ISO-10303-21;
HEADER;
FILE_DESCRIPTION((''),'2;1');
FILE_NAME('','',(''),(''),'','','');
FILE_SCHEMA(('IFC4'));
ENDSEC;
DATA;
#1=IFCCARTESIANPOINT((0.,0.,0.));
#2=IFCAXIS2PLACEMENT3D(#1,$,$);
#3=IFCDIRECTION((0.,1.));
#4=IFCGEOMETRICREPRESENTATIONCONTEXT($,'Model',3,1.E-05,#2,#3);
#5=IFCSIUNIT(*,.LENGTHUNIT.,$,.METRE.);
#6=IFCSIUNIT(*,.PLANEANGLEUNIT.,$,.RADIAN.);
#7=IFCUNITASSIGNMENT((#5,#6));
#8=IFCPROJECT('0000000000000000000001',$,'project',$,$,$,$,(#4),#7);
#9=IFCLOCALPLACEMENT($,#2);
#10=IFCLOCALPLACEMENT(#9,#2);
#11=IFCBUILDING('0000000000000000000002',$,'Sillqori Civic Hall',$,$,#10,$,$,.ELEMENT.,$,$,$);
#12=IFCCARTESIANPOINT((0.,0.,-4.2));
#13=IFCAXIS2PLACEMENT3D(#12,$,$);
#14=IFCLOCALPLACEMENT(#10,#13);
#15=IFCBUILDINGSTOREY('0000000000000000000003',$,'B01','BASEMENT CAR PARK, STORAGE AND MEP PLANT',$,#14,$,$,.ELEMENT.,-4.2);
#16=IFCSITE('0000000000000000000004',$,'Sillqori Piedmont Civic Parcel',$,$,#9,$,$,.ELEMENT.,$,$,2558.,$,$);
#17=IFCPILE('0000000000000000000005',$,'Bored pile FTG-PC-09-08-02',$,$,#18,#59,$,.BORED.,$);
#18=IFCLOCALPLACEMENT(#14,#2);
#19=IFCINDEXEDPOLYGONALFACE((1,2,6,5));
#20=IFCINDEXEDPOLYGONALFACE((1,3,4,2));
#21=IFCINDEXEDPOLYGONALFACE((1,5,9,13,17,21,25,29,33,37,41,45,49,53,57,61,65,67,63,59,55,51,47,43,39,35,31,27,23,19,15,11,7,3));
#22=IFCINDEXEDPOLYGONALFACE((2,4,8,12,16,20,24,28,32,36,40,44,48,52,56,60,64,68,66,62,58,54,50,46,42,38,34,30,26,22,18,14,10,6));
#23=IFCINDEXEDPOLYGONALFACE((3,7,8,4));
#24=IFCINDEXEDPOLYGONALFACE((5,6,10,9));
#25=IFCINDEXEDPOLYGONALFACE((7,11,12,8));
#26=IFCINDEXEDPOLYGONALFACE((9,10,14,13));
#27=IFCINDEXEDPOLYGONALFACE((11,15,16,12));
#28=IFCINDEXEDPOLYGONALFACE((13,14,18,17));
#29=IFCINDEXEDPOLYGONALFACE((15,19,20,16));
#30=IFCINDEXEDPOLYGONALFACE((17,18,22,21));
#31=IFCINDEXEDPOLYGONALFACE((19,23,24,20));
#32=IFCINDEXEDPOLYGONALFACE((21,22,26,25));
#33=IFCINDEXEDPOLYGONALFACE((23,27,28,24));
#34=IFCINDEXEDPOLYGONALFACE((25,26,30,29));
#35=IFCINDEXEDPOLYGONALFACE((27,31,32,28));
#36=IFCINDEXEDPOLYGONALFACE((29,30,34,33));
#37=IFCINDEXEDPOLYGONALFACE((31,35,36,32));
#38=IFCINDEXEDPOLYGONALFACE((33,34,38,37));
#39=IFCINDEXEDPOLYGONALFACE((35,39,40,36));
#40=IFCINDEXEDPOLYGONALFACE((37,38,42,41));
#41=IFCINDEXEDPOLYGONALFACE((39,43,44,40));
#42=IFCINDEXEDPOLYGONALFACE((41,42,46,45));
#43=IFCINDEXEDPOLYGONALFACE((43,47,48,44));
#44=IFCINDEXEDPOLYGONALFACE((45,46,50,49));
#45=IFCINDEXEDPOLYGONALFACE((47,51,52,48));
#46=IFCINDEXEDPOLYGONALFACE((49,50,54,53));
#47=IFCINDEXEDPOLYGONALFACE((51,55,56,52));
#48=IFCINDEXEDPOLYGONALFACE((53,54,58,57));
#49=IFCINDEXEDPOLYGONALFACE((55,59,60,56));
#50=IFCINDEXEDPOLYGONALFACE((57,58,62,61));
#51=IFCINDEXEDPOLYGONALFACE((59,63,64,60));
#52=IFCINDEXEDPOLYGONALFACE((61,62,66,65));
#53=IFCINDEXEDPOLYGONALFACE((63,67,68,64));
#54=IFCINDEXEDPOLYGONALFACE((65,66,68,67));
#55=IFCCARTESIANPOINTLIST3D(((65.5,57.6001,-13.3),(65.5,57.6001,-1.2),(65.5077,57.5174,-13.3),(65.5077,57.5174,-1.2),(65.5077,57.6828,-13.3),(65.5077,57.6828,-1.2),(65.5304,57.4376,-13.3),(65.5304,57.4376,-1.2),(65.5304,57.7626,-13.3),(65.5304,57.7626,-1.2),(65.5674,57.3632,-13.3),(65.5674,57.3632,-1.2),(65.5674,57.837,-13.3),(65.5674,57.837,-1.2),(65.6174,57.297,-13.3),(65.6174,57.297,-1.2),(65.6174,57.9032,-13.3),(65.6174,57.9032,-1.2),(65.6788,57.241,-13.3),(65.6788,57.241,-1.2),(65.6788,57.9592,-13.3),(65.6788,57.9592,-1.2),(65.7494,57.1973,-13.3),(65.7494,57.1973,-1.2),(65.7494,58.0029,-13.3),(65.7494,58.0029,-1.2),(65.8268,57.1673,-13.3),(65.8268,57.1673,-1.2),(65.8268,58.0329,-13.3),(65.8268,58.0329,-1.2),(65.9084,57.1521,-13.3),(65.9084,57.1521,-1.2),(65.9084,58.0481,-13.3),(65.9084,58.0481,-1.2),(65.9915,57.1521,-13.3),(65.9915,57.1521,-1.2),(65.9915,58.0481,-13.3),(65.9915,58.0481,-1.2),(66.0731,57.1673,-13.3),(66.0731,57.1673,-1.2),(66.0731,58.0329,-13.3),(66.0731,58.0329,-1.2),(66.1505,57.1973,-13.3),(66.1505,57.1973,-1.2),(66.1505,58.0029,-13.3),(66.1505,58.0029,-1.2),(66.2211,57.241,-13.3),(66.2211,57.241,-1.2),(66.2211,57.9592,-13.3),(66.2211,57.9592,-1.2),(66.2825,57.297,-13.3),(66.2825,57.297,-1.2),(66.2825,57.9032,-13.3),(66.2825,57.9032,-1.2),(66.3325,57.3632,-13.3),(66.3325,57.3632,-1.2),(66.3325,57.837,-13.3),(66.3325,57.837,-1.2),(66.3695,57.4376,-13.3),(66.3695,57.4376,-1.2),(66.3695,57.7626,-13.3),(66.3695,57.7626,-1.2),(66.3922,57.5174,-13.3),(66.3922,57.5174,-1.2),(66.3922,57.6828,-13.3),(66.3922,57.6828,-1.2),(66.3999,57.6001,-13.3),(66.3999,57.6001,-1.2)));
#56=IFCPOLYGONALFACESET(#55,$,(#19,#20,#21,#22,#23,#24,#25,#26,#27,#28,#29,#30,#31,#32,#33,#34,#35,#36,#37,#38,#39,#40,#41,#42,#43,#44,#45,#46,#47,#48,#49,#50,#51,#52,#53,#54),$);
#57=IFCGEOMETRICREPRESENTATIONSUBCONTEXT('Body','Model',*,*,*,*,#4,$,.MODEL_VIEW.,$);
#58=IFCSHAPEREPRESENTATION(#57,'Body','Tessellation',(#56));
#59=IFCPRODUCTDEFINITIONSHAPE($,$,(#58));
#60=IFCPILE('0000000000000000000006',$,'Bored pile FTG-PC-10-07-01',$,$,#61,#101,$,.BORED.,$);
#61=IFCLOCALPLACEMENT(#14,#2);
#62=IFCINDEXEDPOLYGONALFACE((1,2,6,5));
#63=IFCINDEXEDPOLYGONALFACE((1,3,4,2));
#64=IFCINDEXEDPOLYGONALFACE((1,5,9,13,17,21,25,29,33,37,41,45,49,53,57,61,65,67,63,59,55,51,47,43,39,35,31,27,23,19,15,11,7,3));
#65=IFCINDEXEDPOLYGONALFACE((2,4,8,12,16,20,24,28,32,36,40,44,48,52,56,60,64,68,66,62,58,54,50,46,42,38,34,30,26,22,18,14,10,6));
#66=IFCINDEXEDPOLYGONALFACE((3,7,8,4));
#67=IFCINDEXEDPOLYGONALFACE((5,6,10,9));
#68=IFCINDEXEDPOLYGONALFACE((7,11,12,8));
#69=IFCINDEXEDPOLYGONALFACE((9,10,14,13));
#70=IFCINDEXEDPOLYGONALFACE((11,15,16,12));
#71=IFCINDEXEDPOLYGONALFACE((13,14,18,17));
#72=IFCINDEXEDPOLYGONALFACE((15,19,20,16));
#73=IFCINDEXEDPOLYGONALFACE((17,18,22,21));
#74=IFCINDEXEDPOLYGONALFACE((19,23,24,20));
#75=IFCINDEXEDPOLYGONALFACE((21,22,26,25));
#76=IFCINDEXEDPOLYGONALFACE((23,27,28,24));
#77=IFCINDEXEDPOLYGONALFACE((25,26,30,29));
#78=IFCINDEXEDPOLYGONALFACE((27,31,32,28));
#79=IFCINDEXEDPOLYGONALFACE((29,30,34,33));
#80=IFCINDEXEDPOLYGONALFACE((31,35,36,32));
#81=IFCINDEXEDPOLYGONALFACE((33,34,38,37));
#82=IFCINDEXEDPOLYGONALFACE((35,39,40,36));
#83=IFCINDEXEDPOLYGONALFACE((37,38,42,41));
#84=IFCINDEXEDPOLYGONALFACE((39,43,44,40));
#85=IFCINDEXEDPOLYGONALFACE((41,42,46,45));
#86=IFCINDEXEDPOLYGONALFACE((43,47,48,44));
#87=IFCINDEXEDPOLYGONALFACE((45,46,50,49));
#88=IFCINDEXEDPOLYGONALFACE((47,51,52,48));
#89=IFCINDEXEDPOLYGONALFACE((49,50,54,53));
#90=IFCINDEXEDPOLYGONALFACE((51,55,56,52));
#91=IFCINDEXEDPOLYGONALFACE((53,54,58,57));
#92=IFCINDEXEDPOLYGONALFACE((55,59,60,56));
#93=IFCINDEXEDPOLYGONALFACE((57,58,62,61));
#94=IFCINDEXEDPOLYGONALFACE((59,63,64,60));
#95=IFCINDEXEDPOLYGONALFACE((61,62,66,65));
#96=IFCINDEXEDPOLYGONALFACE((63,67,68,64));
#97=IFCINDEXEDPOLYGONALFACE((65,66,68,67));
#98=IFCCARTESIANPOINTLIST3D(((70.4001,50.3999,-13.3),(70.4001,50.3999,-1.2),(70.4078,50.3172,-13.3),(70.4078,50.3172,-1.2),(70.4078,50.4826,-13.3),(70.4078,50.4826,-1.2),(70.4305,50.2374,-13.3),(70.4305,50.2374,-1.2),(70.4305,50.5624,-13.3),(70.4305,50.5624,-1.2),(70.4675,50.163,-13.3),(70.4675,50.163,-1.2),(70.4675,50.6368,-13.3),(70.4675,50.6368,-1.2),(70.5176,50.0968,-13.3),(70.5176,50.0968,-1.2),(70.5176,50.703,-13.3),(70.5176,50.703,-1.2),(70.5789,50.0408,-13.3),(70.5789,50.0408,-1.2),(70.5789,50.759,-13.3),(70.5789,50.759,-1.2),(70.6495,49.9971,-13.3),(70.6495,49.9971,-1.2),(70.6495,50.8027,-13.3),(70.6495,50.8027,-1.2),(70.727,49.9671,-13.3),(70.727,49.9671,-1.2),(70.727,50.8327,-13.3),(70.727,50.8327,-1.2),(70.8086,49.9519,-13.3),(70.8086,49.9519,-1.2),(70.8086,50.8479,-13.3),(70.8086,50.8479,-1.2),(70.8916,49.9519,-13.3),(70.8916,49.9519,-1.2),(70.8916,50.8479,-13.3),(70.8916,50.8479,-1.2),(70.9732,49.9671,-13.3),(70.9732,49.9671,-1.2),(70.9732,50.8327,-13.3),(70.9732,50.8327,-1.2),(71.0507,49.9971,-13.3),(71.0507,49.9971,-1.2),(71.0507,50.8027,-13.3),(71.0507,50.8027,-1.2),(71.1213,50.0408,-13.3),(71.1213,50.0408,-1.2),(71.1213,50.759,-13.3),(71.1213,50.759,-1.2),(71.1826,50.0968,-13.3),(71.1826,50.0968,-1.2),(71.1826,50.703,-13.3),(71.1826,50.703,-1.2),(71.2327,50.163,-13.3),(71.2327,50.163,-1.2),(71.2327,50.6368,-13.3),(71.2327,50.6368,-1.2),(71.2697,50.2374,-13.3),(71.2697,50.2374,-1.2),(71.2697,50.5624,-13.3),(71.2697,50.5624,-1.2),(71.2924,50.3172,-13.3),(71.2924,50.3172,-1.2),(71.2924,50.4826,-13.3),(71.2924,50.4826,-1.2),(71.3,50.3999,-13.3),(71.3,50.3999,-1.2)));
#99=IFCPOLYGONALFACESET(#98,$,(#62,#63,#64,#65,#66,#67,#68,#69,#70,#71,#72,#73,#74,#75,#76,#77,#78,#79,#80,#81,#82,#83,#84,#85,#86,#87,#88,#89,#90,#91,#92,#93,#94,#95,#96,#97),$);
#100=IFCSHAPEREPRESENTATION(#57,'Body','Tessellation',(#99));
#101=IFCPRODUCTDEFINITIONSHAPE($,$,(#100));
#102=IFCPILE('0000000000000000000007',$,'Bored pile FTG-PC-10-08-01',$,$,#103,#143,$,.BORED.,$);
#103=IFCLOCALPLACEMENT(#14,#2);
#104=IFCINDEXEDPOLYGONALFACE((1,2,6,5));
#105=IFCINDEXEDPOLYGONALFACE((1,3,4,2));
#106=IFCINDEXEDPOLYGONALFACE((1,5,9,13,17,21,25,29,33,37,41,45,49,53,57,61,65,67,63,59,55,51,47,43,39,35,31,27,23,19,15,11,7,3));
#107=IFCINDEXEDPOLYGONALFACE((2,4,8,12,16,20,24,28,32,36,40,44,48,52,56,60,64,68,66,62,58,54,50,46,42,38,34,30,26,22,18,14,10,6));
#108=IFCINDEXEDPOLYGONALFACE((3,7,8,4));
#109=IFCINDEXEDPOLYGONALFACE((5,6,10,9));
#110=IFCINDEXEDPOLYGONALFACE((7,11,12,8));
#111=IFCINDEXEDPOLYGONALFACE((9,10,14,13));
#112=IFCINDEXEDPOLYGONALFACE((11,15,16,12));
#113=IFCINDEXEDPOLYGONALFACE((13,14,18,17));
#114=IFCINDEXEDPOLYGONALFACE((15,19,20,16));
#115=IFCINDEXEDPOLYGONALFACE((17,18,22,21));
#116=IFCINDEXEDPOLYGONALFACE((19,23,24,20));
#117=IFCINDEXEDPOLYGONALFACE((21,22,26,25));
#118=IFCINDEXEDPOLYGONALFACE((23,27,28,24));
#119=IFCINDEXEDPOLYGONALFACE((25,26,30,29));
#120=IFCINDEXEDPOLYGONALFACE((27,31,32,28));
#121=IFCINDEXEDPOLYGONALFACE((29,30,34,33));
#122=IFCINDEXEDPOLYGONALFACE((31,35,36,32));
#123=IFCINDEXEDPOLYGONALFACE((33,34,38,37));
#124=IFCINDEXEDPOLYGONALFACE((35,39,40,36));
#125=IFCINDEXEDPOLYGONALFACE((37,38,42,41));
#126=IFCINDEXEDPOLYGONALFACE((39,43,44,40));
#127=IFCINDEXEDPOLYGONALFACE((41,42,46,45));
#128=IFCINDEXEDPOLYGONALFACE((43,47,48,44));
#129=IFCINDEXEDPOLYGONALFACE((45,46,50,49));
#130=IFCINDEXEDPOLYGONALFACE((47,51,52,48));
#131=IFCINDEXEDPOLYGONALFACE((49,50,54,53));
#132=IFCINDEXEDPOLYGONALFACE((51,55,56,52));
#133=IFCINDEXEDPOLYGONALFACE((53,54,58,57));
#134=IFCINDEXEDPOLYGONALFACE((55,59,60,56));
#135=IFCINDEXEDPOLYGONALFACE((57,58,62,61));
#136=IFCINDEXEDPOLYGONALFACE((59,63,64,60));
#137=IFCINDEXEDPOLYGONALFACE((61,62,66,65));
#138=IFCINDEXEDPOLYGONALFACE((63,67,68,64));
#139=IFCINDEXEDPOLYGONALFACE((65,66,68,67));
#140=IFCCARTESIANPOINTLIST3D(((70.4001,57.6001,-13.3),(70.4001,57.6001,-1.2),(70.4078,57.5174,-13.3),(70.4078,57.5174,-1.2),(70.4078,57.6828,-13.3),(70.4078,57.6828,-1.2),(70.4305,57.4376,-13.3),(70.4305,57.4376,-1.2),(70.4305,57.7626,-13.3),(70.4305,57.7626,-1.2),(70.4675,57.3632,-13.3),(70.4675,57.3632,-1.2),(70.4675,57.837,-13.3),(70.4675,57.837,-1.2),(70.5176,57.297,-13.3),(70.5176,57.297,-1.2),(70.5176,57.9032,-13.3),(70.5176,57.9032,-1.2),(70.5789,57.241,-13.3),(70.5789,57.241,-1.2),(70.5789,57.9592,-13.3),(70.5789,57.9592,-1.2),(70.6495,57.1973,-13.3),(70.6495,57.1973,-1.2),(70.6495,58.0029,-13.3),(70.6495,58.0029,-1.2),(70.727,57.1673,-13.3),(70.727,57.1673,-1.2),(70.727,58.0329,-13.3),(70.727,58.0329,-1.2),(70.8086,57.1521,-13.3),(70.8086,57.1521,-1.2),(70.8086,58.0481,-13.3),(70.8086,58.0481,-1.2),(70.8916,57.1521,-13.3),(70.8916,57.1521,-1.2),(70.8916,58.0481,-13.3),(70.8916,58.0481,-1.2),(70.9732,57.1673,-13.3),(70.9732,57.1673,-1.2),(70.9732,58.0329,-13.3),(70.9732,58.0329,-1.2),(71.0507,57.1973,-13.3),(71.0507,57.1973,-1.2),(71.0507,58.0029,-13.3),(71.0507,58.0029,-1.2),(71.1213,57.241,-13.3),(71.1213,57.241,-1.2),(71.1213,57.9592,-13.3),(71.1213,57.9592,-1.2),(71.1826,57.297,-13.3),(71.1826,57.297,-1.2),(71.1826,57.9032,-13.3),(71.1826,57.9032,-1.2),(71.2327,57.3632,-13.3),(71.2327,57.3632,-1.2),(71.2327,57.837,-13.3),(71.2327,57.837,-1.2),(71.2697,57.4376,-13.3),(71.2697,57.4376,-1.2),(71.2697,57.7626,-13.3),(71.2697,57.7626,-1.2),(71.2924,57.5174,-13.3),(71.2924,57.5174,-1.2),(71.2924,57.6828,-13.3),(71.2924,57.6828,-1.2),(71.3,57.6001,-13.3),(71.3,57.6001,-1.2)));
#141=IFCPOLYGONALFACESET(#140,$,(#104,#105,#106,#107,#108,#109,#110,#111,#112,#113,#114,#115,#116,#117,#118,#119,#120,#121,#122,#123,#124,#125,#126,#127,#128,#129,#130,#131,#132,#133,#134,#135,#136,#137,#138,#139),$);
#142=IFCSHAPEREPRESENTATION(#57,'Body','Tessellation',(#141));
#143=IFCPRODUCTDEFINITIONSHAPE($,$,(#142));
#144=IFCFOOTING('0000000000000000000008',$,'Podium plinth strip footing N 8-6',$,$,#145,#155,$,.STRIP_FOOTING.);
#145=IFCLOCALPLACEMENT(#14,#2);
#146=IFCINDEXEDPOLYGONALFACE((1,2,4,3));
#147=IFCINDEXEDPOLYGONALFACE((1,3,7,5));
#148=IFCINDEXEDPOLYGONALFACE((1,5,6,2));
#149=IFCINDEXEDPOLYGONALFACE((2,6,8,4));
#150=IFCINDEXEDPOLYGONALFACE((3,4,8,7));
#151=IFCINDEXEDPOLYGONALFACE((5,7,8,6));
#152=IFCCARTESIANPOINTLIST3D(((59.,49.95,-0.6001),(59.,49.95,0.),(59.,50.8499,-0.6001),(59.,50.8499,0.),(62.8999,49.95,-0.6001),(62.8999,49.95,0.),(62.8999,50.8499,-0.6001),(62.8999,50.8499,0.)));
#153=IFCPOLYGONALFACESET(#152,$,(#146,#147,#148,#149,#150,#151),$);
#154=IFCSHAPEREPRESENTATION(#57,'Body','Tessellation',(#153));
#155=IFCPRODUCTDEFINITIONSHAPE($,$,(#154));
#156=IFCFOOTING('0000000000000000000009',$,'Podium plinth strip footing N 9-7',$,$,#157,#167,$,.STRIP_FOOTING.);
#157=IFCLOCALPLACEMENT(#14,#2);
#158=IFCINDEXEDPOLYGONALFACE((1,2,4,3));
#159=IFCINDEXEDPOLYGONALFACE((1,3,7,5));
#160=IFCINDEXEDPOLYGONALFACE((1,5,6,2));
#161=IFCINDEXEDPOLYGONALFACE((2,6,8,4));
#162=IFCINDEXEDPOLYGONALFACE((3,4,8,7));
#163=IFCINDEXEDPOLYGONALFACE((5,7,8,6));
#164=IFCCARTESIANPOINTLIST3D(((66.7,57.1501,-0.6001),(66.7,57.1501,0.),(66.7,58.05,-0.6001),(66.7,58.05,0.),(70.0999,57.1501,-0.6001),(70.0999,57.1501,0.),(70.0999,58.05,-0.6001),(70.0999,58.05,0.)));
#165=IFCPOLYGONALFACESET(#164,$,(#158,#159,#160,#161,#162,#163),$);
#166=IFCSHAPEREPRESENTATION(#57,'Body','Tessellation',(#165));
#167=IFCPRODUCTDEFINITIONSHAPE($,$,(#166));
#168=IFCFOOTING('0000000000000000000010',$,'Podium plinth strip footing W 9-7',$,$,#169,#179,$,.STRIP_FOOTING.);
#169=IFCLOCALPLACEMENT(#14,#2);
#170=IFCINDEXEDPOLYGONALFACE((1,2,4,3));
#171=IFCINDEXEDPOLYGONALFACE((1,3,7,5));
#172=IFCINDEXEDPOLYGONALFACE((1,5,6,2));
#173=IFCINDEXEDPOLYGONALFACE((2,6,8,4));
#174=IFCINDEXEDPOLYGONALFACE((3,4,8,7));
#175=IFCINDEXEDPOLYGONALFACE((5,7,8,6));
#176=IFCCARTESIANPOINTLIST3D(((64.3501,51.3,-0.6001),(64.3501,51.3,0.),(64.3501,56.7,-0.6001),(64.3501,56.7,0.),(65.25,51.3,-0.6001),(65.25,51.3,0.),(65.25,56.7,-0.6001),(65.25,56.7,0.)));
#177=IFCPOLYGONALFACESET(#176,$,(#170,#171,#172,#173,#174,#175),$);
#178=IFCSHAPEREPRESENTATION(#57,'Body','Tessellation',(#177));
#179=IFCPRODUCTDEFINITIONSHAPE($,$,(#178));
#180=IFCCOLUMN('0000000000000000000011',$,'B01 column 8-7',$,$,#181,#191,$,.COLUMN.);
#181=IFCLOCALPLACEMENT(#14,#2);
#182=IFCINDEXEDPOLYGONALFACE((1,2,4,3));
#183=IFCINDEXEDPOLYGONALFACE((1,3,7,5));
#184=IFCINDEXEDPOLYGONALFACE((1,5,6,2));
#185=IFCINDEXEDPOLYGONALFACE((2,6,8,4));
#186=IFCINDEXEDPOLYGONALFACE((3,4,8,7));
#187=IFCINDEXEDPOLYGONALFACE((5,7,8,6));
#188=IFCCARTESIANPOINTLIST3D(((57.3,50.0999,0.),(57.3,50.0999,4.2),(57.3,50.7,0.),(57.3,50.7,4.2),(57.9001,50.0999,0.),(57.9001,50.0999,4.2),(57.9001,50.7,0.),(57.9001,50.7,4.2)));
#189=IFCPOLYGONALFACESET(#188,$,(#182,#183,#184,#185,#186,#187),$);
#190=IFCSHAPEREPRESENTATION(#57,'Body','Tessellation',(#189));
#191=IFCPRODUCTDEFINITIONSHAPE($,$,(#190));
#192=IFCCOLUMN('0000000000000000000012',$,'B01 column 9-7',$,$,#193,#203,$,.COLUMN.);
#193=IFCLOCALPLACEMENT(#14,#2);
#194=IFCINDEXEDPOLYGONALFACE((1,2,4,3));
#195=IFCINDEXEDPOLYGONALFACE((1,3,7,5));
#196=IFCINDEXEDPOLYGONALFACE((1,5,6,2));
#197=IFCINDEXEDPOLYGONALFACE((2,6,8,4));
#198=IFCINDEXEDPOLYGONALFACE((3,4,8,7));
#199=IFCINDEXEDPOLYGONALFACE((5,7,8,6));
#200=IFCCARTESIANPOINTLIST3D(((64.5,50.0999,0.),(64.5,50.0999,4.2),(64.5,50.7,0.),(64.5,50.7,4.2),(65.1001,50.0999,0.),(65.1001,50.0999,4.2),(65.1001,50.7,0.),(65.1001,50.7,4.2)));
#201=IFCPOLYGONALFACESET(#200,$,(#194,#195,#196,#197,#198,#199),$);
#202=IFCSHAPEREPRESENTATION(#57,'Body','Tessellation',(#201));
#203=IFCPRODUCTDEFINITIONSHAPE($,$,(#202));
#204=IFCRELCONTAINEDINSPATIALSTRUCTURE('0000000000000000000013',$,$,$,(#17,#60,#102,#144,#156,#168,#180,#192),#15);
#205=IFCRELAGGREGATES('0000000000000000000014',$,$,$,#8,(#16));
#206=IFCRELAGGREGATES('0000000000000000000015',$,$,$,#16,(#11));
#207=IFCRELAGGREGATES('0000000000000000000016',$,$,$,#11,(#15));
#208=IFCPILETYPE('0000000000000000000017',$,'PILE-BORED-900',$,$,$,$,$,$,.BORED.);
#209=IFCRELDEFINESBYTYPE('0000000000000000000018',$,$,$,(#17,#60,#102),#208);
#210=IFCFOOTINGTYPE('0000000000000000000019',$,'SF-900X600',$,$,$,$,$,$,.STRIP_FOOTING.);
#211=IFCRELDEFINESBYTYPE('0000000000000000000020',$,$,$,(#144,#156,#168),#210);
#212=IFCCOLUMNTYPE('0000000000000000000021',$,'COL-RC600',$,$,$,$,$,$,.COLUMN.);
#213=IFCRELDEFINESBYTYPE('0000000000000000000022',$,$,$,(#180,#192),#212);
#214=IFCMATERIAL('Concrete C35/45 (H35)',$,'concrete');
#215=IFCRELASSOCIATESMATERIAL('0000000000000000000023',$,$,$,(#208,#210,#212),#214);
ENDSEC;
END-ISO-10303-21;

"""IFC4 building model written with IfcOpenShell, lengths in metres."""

from ifc_helpers import new_model, si_unit, direction, frame, origin, origin_2d, place, context, subcontext, project, spatial, rectangle, circle, extrude, material, material_profile, profile_set, type_object, element, save


model = new_model("IFC4")

# Units and contexts
model_context = context("Model", 3, precision=1e-05, world=origin(), true_north=direction((0.0, 1.0)))
body_context = subcontext(model_context, "Body", "Model", "MODEL_VIEW")
ifc_project = project(units=[si_unit("LENGTHUNIT", "METRE"), si_unit("PLANEANGLEUNIT", "RADIAN")], contexts=[model_context])

# Site, building, storey
site_placement = place(None, origin())
site = spatial("IfcSite", under=ifc_project, at=site_placement, Name="Sillqori Piedmont Civic Parcel", CompositionType="ELEMENT", RefElevation=2558.0)
building_placement = place(site_placement, origin())
building = spatial("IfcBuilding", under=site, at=building_placement, Name="Sillqori Civic Hall", CompositionType="ELEMENT")
storey_placement = place(building_placement, frame((0.0, 0.0, -4.2)))
storey = spatial("IfcBuildingStorey", under=building, at=storey_placement, Name="B01", Description="BASEMENT CAR PARK, STORAGE AND MEP PLANT", CompositionType="ELEMENT", Elevation=-4.2)

# Shared definitions
ifc_material = material(Name="Concrete C35/45 (H35)", Category="concrete")

# Piles
ifc_material_profile_1 = material_profile(ifc_material, circle(Radius=0.45, at=origin_2d()), Name="BORED PILE 900")
ifc_profile_set_1 = profile_set([ifc_material_profile_1], Name="Concrete C35/45 (H35)")
pile_type = type_object("IfcPileType", Name="PILE-BORED-900", PredefinedType="BORED", material=ifc_profile_set_1)
for number, where, z_axis, x_axis, name in (
    (1, (65.95, 57.6001, -1.2), (0.0, 0.0, -1.0), (1.0, 0.0, 0.0), "Bored pile FTG-PC-09-08-02"),
    (2, (70.8501, 50.3999, -1.2), (0.0, 0.0, -1.0), (1.0, 0.0, 0.0), "Bored pile FTG-PC-10-07-01"),
    (3, (70.8501, 57.6001, -1.2), (0.0, 0.0, -1.0), (1.0, 0.0, 0.0), "Bored pile FTG-PC-10-08-01"),
):
    element("IfcPile", number, at=place(storey_placement, frame(where, z_axis=z_axis, x_axis=x_axis)), inside=storey, type_object=pile_type, Name=name, PredefinedType="BORED", context=body_context, shape_type="SweptSolid", body=[
        extrude(circle(Radius=0.45, at=origin_2d()), origin(), (0.0, 0.0, 1.0), 12.1001),
    ])

# Footings
footing_type_1 = type_object("IfcFootingType", Name="SF-900X600", PredefinedType="STRIP_FOOTING", material=ifc_material)
footing_1_placement = place(storey_placement, frame((60.95, 50.3999, -0.6001), z_axis=(0.0, 0.0, 1.0), x_axis=(1.0, 0.0, 0.0)))
element("IfcFooting", 4, at=footing_1_placement, inside=storey, type_object=footing_type_1, Name="Podium plinth strip footing N 8-6", PredefinedType="STRIP_FOOTING", context=body_context, shape_type="SweptSolid", body=[
    extrude(rectangle(XDim=3.8999, YDim=0.8999, at=origin_2d()), origin(), (0.0, 0.0, 1.0), 0.6001),
])
footing_2_placement = place(storey_placement, frame((68.3999, 57.6001, -0.6001), z_axis=(0.0, 0.0, 1.0), x_axis=(1.0, 0.0, 0.0)))
element("IfcFooting", 5, at=footing_2_placement, inside=storey, type_object=footing_type_1, Name="Podium plinth strip footing N 9-7", PredefinedType="STRIP_FOOTING", context=body_context, shape_type="SweptSolid", body=[
    extrude(rectangle(XDim=3.3999, YDim=0.8999, at=origin_2d()), origin(), (0.0, 0.0, 1.0), 0.6001),
])
footing_3_placement = place(storey_placement, frame((64.8, 54.0, -0.6001), z_axis=(0.0, 0.0, 1.0), x_axis=(1.0, 0.0, 0.0)))
element("IfcFooting", 6, at=footing_3_placement, inside=storey, type_object=footing_type_1, Name="Podium plinth strip footing W 9-7", PredefinedType="STRIP_FOOTING", context=body_context, shape_type="SweptSolid", body=[
    extrude(rectangle(XDim=0.8999, YDim=5.3999, at=origin_2d()), origin(), (0.0, 0.0, 1.0), 0.6001),
])

# Columns
ifc_material_profile_2 = material_profile(ifc_material, rectangle(XDim=0.6001, YDim=0.6001, at=origin_2d()), Name="RC 600x600")
ifc_profile_set_2 = profile_set([ifc_material_profile_2], Name="Concrete C35/45 (H35)")
column_type = type_object("IfcColumnType", Name="COL-RC600", PredefinedType="COLUMN", material=ifc_profile_set_2)
for number, where, z_axis, x_axis, name in (
    (7, (57.6001, 50.3999, 0.0), (0.0, 0.0, 1.0), (1.0, 0.0, 0.0), "B01 column 8-7"),
    (8, (64.8, 50.3999, 0.0), (0.0, 0.0, 1.0), (1.0, 0.0, 0.0), "B01 column 9-7"),
):
    element("IfcColumn", number, at=place(storey_placement, frame(where, z_axis=z_axis, x_axis=x_axis)), inside=storey, type_object=column_type, Name=name, PredefinedType="COLUMN", context=body_context, shape_type="SweptSolid", body=[
        extrude(rectangle(XDim=0.6001, YDim=0.6001, at=origin_2d()), origin(), (0.0, 0.0, 1.0), 4.2),
    ])

save(model, "model.ifc")
